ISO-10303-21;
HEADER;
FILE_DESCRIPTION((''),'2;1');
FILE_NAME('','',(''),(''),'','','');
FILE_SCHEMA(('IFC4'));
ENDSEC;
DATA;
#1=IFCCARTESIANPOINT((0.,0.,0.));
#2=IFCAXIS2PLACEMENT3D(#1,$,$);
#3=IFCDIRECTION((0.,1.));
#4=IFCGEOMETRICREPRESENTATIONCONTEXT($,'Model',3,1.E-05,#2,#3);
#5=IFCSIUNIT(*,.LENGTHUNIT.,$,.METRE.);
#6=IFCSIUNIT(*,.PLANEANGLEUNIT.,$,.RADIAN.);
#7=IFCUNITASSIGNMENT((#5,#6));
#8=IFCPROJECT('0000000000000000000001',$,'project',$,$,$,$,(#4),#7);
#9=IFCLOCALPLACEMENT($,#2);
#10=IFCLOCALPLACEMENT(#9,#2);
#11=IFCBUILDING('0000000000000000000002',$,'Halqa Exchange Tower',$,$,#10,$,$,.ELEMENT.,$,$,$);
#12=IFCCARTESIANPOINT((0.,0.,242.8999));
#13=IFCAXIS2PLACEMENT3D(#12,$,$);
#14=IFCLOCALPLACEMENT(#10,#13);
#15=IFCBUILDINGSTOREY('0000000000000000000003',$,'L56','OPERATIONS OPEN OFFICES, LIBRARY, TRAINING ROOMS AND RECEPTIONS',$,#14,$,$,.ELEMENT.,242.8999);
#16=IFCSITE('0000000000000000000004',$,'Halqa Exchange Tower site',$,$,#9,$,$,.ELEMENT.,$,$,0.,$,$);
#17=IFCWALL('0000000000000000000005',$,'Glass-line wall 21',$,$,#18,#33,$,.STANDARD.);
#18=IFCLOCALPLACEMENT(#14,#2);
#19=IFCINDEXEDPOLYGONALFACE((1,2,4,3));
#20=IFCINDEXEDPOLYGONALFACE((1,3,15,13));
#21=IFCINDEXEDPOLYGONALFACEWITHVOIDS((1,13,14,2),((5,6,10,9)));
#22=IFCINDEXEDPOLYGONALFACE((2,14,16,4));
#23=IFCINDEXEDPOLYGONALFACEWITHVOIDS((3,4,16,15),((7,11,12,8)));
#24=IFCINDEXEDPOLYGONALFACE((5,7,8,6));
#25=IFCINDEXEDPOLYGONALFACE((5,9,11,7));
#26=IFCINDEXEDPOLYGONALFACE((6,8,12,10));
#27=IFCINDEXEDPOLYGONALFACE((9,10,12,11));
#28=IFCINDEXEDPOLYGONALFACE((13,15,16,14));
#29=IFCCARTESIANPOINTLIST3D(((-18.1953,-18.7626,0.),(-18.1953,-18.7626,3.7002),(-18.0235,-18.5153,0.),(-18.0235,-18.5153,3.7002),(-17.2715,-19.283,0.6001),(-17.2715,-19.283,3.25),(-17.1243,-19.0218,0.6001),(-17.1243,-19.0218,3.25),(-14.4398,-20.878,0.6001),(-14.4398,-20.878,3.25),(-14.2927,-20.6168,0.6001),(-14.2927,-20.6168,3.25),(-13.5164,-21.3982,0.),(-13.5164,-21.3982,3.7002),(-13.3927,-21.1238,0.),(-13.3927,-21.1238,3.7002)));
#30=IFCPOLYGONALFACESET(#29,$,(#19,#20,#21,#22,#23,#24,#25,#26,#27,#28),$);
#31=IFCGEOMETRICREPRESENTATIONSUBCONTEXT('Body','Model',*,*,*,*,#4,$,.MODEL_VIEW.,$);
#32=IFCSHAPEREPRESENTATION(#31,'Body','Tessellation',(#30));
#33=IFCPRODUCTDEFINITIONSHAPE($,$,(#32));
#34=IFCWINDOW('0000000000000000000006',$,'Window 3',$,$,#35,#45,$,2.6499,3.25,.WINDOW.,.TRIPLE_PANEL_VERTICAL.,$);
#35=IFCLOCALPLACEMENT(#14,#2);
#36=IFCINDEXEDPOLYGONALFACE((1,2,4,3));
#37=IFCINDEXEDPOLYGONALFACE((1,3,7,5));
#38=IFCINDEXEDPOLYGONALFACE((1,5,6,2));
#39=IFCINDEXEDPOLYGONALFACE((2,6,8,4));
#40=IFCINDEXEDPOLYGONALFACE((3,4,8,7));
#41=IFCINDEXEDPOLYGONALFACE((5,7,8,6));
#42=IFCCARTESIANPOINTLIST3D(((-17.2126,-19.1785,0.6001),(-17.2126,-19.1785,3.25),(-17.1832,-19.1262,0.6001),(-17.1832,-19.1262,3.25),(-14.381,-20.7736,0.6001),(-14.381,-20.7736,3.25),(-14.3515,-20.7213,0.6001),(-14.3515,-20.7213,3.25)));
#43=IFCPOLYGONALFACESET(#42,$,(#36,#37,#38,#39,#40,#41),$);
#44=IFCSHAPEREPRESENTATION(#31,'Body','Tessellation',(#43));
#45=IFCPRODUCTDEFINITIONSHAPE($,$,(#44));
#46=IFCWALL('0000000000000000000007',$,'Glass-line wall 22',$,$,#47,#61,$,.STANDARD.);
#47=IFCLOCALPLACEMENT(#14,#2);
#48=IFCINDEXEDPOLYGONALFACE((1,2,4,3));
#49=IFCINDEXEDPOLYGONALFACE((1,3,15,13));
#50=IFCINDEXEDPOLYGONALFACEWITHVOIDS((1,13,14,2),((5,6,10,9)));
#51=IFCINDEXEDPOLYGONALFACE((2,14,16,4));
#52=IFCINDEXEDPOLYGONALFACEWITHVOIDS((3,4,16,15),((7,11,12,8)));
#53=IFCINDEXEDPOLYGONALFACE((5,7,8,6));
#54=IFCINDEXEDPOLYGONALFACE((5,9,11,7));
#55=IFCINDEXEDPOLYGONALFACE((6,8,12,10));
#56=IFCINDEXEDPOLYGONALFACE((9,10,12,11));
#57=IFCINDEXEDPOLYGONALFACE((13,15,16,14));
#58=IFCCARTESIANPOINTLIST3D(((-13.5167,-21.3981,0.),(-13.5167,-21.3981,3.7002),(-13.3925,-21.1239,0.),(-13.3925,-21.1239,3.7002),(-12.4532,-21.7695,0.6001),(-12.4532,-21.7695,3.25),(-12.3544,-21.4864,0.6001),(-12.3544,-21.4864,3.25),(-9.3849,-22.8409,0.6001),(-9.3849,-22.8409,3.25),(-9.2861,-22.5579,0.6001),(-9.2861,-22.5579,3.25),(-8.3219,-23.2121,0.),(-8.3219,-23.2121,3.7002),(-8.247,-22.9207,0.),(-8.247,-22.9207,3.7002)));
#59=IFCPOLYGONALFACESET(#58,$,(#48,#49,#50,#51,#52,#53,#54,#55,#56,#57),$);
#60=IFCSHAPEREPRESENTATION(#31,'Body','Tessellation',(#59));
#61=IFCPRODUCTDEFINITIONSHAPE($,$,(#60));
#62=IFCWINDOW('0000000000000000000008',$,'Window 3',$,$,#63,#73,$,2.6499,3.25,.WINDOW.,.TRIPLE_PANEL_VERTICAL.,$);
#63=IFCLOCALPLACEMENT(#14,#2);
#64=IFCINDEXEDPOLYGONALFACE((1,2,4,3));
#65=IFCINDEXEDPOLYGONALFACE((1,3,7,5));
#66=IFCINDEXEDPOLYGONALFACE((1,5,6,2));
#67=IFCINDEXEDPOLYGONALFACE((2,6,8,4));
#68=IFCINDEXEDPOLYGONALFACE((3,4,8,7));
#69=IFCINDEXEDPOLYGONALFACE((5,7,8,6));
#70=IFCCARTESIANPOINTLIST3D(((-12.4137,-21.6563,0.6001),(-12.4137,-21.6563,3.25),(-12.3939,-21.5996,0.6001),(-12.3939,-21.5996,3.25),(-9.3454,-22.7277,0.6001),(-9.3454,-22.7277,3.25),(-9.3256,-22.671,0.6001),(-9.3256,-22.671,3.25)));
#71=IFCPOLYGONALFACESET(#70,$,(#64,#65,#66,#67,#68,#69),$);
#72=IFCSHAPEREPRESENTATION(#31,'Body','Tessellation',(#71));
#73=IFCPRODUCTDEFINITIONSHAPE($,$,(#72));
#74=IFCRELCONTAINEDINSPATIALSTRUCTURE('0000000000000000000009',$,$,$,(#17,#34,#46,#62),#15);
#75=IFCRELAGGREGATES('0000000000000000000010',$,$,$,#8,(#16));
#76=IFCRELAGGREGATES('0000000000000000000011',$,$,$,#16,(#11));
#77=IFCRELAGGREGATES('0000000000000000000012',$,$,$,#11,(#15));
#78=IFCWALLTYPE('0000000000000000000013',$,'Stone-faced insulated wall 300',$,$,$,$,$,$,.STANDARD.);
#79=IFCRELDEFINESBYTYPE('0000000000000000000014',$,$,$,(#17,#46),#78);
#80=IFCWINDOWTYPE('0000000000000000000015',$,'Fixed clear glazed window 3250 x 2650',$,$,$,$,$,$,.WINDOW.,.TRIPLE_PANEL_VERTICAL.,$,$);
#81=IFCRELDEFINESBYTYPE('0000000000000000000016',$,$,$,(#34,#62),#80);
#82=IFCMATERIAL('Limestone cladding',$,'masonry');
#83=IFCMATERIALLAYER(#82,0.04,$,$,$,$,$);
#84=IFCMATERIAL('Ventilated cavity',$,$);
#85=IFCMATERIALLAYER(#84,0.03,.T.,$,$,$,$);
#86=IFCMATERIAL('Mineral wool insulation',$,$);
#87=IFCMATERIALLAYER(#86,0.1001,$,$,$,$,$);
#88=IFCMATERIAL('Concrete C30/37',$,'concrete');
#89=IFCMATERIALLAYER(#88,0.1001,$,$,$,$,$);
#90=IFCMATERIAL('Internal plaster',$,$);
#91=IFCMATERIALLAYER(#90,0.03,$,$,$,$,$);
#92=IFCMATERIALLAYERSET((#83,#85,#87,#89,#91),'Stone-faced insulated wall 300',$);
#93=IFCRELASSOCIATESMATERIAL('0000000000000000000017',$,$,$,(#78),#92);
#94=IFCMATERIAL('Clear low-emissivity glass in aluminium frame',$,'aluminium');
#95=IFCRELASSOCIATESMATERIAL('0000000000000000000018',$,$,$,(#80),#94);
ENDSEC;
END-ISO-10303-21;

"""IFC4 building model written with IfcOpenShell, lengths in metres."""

from ifc_helpers import new_model, si_unit, direction, frame, frame_2d, origin, place, context, subcontext, project, spatial, polyline, rectangle, outline, extrude, material, layer, layer_set, type_object, element, fill, save


model = new_model("IFC4")

# Units and contexts
model_context = context("Model", 3, precision=1e-05, world=origin(), true_north=direction((0.0, 1.0)))
body_context = subcontext(model_context, "Body", "Model", "MODEL_VIEW")
ifc_project = project(units=[si_unit("LENGTHUNIT", "METRE"), si_unit("PLANEANGLEUNIT", "RADIAN")], contexts=[model_context])

# Site, building, storey
site_placement = place(None, origin())
site = spatial("IfcSite", under=ifc_project, at=site_placement, Name="Halqa Exchange Tower site", CompositionType="ELEMENT", RefElevation=0.0)
building_placement = place(site_placement, origin())
building = spatial("IfcBuilding", under=site, at=building_placement, Name="Halqa Exchange Tower", CompositionType="ELEMENT")
storey_placement = place(building_placement, frame((0.0, 0.0, 242.8999)))
storey = spatial("IfcBuildingStorey", under=building, at=storey_placement, Name="L56", Description="OPERATIONS OPEN OFFICES, LIBRARY, TRAINING ROOMS AND RECEPTIONS", CompositionType="ELEMENT", Elevation=242.8999)

# Shared definitions
ifc_material_1 = material(Name="Limestone cladding", Category="masonry")
ifc_layer_1 = layer(ifc_material_1, 0.04)
ifc_material_2 = material(Name="Ventilated cavity")
ifc_layer_2 = layer(ifc_material_2, 0.03, ventilated=True)
ifc_material_3 = material(Name="Mineral wool insulation")
ifc_layer_3 = layer(ifc_material_3, 0.1001)
ifc_material_4 = material(Name="Concrete C30/37", Category="concrete")
ifc_layer_4 = layer(ifc_material_4, 0.1001)
ifc_material_5 = material(Name="Internal plaster")
ifc_layer_5 = layer(ifc_material_5, 0.03)
ifc_layer_set_1 = layer_set([ifc_layer_1, ifc_layer_2, ifc_layer_3, ifc_layer_4, ifc_layer_5], Name="Stone-faced insulated wall 300")
wall_type_1 = type_object("IfcWallType", Name="Stone-faced insulated wall 300", PredefinedType="STANDARD", material=ifc_layer_set_1)
ifc_material_6 = material(Name="Clear low-emissivity glass in aluminium frame", Category="aluminium")

# Walls, openings, windows
wall_1_placement = place(storey_placement, frame((-18.1094, -18.6389, 0.0), z_axis=(0.0, 0.0, 1.0), x_axis=(0.871275, -0.490795, 0.0)))
wall_1 = element("IfcWall", 1, at=wall_1_placement, inside=storey, type_object=wall_type_1, Name="Glass-line wall 21", PredefinedType="STANDARD", context=body_context, shape_type="SweptSolid", body=[
    extrude(outline(polyline([(-0.0142, -0.1499), (5.356, -0.1499), (5.3291, 0.1499), (0.0142, 0.1499), (-0.0142, -0.1499)])), origin(), (0.0, 0.0, 1.0), 3.7002),
])
opening_1_placement = place(wall_1_placement, frame((1.0461, 0.0, 0.6001)))
opening_1 = element("IfcOpeningElement", 2, at=opening_1_placement, cuts=wall_1, PredefinedType="OPENING", context=body_context, shape_type="SweptSolid", body=[
    extrude(rectangle(XDim=3.25, YDim=2.6499, at=frame_2d((1.625, 1.325))), frame((0.0, 0.1621, 0.0), z_axis=(0.0, -1.0, 0.0), x_axis=(1.0, 0.0, 0.0)), (0.0, 0.0, 1.0), 0.324),
])
window_type = type_object("IfcWindowType", Name="Fixed clear glazed window 3250 x 2650", PartitioningType="TRIPLE_PANEL_VERTICAL", PredefinedType="WINDOW", material=ifc_material_6)
window_1_placement = place(opening_1_placement, origin())
window_1 = element("IfcWindow", 3, at=window_1_placement, inside=storey, type_object=window_type, Name="Window 3", OverallHeight=2.6499, OverallWidth=3.25, PartitioningType="TRIPLE_PANEL_VERTICAL", PredefinedType="WINDOW", context=body_context, shape_type="SweptSolid", body=[
    extrude(rectangle(XDim=3.25, YDim=2.6499, at=frame_2d((1.625, 1.325))), frame((0.0, 0.03, 0.0), z_axis=(0.0, -1.0, 0.0), x_axis=(1.0, 0.0, 0.0)), (0.0, 0.0, 1.0), 0.0601),
])
fill(opening_1, window_1)
wall_2_placement = place(storey_placement, frame((-13.4546, -21.261, 0.0), z_axis=(0.0, 0.0, 1.0), x_axis=(0.944094, -0.329677, 0.0)))
wall_2 = element("IfcWall", 4, at=wall_2_placement, inside=storey, type_object=wall_type_1, Name="Glass-line wall 22", PredefinedType="STANDARD", context=body_context, shape_type="SweptSolid", body=[
    extrude(outline(polyline([(-0.0134, -0.1499), (5.489, -0.1499), (5.4636, 0.1499), (0.0134, 0.1499), (-0.0134, -0.1499)])), origin(), (0.0, 0.0, 1.0), 3.7002),
])
opening_2_placement = place(wall_2_placement, frame((1.113, 0.0, 0.6001)))
opening_2 = element("IfcOpeningElement", 5, at=opening_2_placement, cuts=wall_2, PredefinedType="OPENING", context=body_context, shape_type="SweptSolid", body=[
    extrude(rectangle(XDim=3.25, YDim=2.6499, at=frame_2d((1.625, 1.325))), frame((0.0, 0.1621, 0.0), z_axis=(0.0, -1.0, 0.0), x_axis=(1.0, 0.0, 0.0)), (0.0, 0.0, 1.0), 0.324),
])
window_2_placement = place(opening_2_placement, origin())
window_2 = element("IfcWindow", 6, at=window_2_placement, inside=storey, type_object=window_type, Name="Window 3", OverallHeight=2.6499, OverallWidth=3.25, PartitioningType="TRIPLE_PANEL_VERTICAL", PredefinedType="WINDOW", context=body_context, shape_type="SweptSolid", body=[
    extrude(rectangle(XDim=3.25, YDim=2.6499, at=frame_2d((1.625, 1.325))), frame((0.0, 0.03, 0.0), z_axis=(0.0, -1.0, 0.0), x_axis=(1.0, 0.0, 0.0)), (0.0, 0.0, 1.0), 0.0601),
])
fill(opening_2, window_2)

save(model, "model.ifc")
